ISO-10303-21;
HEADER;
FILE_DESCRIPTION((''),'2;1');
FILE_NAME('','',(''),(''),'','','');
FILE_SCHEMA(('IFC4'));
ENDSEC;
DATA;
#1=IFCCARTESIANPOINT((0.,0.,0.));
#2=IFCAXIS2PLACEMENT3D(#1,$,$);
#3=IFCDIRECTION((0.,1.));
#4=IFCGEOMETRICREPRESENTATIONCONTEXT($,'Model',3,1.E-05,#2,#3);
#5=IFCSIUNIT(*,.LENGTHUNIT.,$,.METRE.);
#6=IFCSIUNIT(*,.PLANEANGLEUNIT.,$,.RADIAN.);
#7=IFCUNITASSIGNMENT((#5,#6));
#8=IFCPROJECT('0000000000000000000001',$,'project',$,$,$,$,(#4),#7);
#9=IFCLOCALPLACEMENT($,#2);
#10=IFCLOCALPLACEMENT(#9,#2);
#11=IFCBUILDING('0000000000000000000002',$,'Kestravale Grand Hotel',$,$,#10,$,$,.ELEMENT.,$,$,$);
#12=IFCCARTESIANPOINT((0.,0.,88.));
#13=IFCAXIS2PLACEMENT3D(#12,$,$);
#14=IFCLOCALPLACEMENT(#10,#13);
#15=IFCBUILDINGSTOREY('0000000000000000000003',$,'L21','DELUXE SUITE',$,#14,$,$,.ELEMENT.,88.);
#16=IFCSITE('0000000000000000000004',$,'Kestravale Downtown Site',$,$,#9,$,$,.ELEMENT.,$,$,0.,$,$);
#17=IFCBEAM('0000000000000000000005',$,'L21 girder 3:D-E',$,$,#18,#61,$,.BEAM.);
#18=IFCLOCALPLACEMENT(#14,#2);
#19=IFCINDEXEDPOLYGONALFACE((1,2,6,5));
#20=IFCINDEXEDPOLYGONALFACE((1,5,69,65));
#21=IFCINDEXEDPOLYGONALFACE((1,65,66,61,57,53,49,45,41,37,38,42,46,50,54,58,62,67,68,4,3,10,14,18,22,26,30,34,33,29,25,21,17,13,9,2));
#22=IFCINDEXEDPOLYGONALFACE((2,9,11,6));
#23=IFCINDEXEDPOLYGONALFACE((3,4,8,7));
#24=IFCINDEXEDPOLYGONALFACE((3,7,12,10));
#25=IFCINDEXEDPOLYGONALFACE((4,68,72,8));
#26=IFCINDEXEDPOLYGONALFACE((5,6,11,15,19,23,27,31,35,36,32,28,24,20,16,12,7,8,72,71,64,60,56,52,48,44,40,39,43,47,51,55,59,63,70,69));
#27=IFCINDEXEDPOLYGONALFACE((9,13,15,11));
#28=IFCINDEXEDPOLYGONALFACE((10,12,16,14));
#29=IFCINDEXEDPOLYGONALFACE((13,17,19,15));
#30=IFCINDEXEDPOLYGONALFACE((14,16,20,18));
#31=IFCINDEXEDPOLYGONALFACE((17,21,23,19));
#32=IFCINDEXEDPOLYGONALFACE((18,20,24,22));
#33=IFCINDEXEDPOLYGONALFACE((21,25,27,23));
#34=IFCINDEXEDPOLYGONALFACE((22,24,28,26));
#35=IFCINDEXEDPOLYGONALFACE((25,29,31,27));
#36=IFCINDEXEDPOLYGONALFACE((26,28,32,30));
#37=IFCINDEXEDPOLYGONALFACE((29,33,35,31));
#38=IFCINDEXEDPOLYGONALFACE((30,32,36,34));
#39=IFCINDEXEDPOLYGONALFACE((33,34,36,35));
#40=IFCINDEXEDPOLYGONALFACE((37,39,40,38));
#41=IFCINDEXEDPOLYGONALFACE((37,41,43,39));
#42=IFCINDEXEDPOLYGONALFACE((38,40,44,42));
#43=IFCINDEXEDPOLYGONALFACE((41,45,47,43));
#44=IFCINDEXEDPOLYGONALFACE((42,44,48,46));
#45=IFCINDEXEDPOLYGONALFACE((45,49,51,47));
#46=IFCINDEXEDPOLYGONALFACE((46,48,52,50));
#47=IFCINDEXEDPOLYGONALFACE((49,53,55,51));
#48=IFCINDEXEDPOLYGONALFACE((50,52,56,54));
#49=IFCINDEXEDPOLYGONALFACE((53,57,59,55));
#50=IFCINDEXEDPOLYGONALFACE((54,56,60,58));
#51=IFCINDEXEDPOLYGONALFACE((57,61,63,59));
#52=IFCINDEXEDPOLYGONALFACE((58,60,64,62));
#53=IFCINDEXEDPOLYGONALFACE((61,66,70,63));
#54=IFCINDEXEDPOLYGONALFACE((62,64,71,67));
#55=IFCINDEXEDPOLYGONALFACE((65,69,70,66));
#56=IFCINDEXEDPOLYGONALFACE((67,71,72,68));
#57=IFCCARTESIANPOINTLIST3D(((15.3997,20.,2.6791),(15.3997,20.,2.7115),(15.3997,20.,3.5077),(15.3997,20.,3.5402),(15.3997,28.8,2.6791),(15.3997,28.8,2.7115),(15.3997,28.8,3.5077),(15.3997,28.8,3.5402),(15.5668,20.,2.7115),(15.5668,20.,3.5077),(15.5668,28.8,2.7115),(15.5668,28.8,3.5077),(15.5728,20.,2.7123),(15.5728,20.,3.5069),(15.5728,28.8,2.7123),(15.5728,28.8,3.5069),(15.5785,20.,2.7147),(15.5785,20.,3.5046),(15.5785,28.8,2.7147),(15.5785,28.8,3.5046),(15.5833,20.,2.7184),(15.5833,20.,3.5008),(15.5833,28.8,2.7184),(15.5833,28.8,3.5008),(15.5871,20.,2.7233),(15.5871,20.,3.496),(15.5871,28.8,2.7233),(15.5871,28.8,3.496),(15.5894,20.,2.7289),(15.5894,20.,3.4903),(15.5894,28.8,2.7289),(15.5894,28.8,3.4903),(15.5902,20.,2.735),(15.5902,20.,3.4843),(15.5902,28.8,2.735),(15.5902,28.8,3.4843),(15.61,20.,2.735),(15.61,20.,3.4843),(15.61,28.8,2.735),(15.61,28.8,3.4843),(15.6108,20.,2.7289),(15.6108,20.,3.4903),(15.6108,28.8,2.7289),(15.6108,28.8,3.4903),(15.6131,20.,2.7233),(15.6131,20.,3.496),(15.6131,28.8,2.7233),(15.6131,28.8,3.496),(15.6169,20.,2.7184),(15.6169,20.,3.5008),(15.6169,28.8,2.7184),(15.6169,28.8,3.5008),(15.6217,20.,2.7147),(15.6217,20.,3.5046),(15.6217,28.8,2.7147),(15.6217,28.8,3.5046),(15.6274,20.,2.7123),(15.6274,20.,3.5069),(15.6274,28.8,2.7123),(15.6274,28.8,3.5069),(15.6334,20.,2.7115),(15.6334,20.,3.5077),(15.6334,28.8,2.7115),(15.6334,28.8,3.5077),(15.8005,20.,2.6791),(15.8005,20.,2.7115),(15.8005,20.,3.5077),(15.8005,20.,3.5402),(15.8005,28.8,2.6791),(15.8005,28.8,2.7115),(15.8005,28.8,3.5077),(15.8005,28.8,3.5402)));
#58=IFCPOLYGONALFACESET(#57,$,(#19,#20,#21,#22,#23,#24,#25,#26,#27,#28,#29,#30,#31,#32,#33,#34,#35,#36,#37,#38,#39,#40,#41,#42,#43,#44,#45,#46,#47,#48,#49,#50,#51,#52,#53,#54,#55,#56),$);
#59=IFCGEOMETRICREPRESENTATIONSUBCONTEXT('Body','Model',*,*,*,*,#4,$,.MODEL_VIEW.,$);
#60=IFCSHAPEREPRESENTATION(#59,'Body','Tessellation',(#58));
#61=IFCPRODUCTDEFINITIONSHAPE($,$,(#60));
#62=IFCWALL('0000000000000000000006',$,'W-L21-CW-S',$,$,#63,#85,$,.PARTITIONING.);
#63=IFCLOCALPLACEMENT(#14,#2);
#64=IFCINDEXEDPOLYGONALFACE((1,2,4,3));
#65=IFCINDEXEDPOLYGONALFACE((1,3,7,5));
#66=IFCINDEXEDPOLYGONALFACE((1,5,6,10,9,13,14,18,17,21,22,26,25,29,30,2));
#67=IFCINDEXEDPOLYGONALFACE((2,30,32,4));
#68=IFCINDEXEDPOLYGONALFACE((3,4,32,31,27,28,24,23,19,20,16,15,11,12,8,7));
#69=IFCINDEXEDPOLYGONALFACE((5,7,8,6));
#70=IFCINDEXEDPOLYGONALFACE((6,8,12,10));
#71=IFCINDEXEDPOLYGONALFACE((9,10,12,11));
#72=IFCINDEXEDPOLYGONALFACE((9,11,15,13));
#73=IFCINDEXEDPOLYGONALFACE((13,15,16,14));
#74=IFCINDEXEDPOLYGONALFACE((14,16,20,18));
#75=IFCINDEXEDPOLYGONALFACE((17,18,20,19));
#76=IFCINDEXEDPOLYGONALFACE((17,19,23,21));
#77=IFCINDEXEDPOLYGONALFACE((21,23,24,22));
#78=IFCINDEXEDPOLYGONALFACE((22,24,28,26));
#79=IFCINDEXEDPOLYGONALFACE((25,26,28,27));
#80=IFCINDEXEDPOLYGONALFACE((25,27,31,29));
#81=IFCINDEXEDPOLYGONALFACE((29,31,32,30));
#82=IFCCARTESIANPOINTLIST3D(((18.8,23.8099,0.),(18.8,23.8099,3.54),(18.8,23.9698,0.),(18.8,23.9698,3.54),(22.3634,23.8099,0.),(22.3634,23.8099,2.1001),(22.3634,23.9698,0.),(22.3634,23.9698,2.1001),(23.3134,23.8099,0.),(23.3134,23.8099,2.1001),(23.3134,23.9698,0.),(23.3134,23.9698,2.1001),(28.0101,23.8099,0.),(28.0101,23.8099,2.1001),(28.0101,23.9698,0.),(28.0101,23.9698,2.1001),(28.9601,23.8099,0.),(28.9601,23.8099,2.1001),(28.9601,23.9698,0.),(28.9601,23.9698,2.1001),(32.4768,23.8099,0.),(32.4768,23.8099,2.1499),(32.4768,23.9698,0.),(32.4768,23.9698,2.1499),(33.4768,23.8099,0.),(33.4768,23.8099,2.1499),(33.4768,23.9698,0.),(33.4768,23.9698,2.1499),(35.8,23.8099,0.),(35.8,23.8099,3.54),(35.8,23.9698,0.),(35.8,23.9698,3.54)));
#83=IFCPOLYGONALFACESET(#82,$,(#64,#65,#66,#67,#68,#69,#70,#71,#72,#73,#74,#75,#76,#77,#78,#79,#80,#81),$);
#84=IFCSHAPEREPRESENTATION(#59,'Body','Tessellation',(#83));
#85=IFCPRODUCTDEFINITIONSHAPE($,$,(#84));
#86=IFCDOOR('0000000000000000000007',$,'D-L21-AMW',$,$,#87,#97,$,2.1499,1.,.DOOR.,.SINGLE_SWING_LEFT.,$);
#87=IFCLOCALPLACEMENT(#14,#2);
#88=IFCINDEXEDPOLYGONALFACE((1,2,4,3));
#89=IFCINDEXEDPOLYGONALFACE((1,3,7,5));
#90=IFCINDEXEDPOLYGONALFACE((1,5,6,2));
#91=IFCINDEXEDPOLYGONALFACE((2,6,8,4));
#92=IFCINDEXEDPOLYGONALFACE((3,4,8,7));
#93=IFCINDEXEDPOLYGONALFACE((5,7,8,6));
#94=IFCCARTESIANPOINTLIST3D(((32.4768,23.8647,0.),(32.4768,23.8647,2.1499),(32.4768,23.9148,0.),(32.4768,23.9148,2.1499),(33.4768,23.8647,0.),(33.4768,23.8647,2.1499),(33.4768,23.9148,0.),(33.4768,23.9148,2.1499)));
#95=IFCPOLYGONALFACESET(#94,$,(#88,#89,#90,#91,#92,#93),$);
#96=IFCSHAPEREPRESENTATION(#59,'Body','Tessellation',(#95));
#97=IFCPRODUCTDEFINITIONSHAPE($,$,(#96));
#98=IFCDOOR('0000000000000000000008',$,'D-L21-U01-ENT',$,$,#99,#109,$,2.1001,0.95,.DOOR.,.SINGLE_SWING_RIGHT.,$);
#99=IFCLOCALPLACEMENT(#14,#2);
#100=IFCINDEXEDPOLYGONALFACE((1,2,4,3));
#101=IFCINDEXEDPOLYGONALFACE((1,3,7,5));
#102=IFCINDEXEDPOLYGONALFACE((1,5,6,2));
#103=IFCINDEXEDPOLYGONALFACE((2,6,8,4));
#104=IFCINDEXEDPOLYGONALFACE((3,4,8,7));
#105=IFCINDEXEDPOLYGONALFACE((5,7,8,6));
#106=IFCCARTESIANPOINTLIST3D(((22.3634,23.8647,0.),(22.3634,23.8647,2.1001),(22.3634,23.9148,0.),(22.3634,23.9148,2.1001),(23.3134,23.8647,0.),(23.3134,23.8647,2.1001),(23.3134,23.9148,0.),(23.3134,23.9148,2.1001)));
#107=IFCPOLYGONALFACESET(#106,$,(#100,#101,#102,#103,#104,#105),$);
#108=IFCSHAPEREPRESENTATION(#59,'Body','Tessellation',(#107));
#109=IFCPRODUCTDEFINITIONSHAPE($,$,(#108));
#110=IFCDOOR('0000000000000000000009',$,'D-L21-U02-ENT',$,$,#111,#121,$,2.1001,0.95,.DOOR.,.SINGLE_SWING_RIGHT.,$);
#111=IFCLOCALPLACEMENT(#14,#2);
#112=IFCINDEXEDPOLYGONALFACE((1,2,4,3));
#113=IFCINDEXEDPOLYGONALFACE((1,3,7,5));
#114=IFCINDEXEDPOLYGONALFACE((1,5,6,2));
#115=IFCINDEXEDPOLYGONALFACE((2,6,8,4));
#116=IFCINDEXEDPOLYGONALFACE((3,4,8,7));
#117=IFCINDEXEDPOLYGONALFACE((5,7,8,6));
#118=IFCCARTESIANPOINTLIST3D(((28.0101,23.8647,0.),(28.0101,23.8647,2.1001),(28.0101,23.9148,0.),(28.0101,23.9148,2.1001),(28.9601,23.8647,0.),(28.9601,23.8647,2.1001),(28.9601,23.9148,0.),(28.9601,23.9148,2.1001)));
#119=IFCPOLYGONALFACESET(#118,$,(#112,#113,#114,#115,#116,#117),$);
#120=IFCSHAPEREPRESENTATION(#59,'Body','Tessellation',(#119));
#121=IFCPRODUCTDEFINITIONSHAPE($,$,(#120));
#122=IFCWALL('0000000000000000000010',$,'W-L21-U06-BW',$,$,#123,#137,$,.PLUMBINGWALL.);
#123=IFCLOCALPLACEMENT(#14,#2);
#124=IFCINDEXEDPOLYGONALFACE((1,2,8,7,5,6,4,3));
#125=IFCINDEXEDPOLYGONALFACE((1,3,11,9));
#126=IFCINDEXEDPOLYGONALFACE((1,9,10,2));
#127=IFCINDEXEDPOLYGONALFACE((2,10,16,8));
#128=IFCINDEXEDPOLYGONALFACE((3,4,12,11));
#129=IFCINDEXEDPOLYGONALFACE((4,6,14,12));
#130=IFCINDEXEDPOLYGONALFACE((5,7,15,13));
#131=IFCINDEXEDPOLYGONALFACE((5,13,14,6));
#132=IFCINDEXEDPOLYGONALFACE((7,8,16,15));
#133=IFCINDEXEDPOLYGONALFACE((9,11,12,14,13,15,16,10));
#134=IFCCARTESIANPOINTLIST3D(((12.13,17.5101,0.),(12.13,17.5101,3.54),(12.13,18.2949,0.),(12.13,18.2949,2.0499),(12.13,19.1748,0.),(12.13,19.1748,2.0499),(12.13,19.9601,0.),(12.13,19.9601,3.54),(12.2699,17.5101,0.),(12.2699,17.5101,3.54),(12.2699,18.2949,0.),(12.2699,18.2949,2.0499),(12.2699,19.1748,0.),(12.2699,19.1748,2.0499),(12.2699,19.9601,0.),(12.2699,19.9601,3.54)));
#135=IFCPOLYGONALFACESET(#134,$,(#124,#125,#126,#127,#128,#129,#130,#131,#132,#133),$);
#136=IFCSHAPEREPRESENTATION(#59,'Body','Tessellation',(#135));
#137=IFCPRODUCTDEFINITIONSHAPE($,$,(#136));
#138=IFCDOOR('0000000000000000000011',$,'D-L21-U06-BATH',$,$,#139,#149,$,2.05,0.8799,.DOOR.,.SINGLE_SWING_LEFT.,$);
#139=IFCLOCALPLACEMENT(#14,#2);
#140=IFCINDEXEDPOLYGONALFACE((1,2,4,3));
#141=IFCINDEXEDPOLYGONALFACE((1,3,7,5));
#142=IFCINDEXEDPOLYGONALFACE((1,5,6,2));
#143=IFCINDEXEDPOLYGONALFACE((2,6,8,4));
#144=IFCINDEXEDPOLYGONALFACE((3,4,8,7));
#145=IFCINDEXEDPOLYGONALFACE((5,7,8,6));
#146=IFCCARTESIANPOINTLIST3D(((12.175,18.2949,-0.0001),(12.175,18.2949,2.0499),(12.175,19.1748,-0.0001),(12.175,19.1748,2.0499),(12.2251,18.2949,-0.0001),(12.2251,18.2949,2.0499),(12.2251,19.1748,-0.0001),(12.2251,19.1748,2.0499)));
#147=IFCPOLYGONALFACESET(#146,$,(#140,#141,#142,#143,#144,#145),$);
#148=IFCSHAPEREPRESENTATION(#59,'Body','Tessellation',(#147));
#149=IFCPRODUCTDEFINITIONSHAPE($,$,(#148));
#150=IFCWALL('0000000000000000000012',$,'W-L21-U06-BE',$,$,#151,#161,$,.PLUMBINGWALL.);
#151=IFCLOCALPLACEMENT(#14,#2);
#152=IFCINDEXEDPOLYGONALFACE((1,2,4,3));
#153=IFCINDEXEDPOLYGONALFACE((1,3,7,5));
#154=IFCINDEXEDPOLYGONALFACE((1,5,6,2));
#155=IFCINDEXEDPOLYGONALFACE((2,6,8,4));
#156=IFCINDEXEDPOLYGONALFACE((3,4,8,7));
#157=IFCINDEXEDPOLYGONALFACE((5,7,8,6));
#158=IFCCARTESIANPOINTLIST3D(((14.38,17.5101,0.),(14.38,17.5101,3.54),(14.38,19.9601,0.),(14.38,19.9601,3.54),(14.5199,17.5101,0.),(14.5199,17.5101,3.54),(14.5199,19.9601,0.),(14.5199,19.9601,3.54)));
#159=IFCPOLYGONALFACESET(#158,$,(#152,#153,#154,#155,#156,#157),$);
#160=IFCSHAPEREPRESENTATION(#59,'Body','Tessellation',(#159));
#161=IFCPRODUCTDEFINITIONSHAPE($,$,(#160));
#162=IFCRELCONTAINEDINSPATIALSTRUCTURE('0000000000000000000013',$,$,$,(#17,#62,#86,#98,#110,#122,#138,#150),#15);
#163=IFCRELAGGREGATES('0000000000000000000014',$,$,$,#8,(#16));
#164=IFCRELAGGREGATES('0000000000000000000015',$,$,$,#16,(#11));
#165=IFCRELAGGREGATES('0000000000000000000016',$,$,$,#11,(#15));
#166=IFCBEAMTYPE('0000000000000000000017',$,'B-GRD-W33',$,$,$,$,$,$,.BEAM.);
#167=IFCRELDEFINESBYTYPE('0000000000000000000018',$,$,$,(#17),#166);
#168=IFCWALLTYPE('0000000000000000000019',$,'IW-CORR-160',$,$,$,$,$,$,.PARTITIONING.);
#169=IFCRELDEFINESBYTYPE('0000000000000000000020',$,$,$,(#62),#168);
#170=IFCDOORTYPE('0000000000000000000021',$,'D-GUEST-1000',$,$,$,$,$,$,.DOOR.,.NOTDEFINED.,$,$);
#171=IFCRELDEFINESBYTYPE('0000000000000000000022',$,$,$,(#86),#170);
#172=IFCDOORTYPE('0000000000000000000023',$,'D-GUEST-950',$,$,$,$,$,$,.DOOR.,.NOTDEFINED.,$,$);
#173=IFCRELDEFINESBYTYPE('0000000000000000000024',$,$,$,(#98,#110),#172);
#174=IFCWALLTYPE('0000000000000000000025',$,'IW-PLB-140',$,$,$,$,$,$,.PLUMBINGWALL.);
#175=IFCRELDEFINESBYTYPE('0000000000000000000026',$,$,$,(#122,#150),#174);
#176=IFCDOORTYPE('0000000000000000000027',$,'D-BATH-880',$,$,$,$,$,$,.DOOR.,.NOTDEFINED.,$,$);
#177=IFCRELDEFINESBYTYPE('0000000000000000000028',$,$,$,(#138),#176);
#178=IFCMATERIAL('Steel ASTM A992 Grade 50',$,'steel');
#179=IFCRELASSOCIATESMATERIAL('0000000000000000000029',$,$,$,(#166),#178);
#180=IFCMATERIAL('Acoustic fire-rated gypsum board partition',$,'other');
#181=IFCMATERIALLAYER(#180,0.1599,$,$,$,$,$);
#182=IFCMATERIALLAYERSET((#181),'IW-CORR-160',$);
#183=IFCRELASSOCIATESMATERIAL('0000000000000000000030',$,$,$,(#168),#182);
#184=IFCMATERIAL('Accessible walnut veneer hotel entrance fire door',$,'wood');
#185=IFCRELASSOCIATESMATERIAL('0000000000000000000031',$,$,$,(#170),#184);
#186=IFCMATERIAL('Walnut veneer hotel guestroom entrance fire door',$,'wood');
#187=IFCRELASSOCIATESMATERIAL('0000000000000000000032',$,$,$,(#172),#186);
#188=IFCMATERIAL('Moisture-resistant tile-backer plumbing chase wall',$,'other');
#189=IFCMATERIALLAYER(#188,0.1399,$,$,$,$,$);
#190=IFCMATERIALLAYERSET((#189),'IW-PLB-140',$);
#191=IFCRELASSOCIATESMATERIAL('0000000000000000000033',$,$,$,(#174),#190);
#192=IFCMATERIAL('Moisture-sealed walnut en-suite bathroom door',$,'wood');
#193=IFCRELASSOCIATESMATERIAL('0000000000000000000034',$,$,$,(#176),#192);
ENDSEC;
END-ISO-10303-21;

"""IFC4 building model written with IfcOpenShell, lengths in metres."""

from ifc_helpers import new_model, si_unit, direction, frame, frame_2d, origin, origin_2d, place, context, subcontext, project, spatial, rectangle, i_section, extrude, material, layer, layer_set, material_profile, profile_set, type_object, element, fill, save


model = new_model("IFC4")

# Units and contexts
model_context = context("Model", 3, precision=1e-05, world=origin(), true_north=direction((0.0, 1.0)))
body_context = subcontext(model_context, "Body", "Model", "MODEL_VIEW")
ifc_project = project(units=[si_unit("LENGTHUNIT", "METRE"), si_unit("PLANEANGLEUNIT", "RADIAN")], contexts=[model_context])

# Site, building, storey
site_placement = place(None, origin())
site = spatial("IfcSite", under=ifc_project, at=site_placement, Name="Kestravale Downtown Site", CompositionType="ELEMENT", RefElevation=0.0)
building_placement = place(site_placement, origin())
building = spatial("IfcBuilding", under=site, at=building_placement, Name="Kestravale Grand Hotel", CompositionType="ELEMENT")
storey_placement = place(building_placement, frame((0.0, 0.0, 88.0)))
storey = spatial("IfcBuildingStorey", under=building, at=storey_placement, Name="L21", Description="DELUXE SUITE", CompositionType="ELEMENT", Elevation=88.0)

# Beam
ifc_material_1 = material(Name="Steel ASTM A992 Grade 50", Category="steel")
ifc_material_profile_1 = material_profile(ifc_material_1, i_section(OverallWidth=0.4009, OverallDepth=0.8611, WebThickness=0.0198, FlangeThickness=0.0325, FilletRadius=0.0234, at=origin_2d()))
ifc_profile_set_1 = profile_set([ifc_material_profile_1], Name="Steel ASTM A992 Grade 50")
beam_type_1 = type_object("IfcBeamType", Name="B-GRD-W33", PredefinedType="BEAM", material=ifc_profile_set_1)
for number, where, z_axis, x_axis, name in (
    (1, (15.6001, 20.0, 3.1096), (0.0, 1.0, 0.0), (-1.0, 0.0, 0.0), "L21 girder 3:D-E"),
):
    element("IfcBeam", number, at=place(storey_placement, frame(where, z_axis=z_axis, x_axis=x_axis)), inside=storey, type_object=beam_type_1, Name=name, PredefinedType="BEAM", context=body_context, shape_type="SweptSolid", body=[
        extrude(i_section(OverallWidth=0.4009, OverallDepth=0.8611, WebThickness=0.0198, FlangeThickness=0.0325, FilletRadius=0.0234, at=origin_2d()), origin(), (0.0, 0.0, 1.0), 8.8),
    ])

# Wall, openings, doors
ifc_material_2 = material(Name="Acoustic fire-rated gypsum board partition", Category="other")
ifc_layer_1 = layer(ifc_material_2, 0.1599)
ifc_layer_set_1 = layer_set([ifc_layer_1], Name="IW-CORR-160")
wall_type_1 = type_object("IfcWallType", Name="IW-CORR-160", PredefinedType="PARTITIONING", material=ifc_layer_set_1)
wall_1_placement = place(storey_placement, frame((18.8, 23.8899, 0.0), z_axis=(0.0, 0.0, 1.0), x_axis=(1.0, 0.0, 0.0)))
wall_1 = element("IfcWall", 2, at=wall_1_placement, inside=storey, type_object=wall_type_1, Name="W-L21-CW-S", PredefinedType="PARTITIONING", context=body_context, shape_type="SweptSolid", body=[
    extrude(rectangle(XDim=17.0, YDim=0.1599, at=frame_2d((8.5, 0.0))), origin(), (0.0, 0.0, 1.0), 3.54),
])
opening_1_placement = place(wall_1_placement, frame((3.5632, 0.0, 0.0)))
opening_1 = element("IfcOpeningElement", 3, at=opening_1_placement, cuts=wall_1, PredefinedType="OPENING", context=body_context, shape_type="SweptSolid", body=[
    extrude(rectangle(XDim=0.95, YDim=2.1001, at=frame_2d((0.4751, 1.05))), frame((0.0, 0.0898, 0.0), z_axis=(0.0, -1.0, 0.0), x_axis=(1.0, 0.0, 0.0)), (0.0, 0.0, 1.0), 0.1799),
])
opening_2_placement = place(wall_1_placement, frame((9.21, 0.0, 0.0)))
opening_2 = element("IfcOpeningElement", 4, at=opening_2_placement, cuts=wall_1, PredefinedType="OPENING", context=body_context, shape_type="SweptSolid", body=[
    extrude(rectangle(XDim=0.95, YDim=2.1001, at=frame_2d((0.4751, 1.05))), frame((0.0, 0.0898, 0.0), z_axis=(0.0, -1.0, 0.0), x_axis=(1.0, 0.0, 0.0)), (0.0, 0.0, 1.0), 0.1799),
])
opening_3_placement = place(wall_1_placement, frame((13.6768, 0.0, 0.0)))
opening_3 = element("IfcOpeningElement", 5, at=opening_3_placement, cuts=wall_1, PredefinedType="OPENING", context=body_context, shape_type="SweptSolid", body=[
    extrude(rectangle(XDim=1.0, YDim=2.1499, at=frame_2d((0.5, 1.075))), frame((0.0, 0.0898, 0.0), z_axis=(0.0, -1.0, 0.0), x_axis=(1.0, 0.0, 0.0)), (0.0, 0.0, 1.0), 0.1799),
])
ifc_material_3 = material(Name="Accessible walnut veneer hotel entrance fire door", Category="wood")
door_type_1 = type_object("IfcDoorType", Name="D-GUEST-1000", OperationType="NOTDEFINED", PredefinedType="DOOR", material=ifc_material_3)
door_1_placement = place(opening_3_placement, origin())
door_1 = element("IfcDoor", 6, at=door_1_placement, inside=storey, type_object=door_type_1, Name="D-L21-AMW", OperationType="SINGLE_SWING_LEFT", OverallHeight=2.1499, OverallWidth=1.0, PredefinedType="DOOR", context=body_context, shape_type="SweptSolid", body=[
    extrude(rectangle(XDim=1.0, YDim=2.1499, at=frame_2d((0.5, 1.075))), frame((0.0, 0.0249, 0.0), z_axis=(0.0, -1.0, 0.0), x_axis=(1.0, 0.0, 0.0)), (0.0, 0.0, 1.0), 0.05),
])
fill(opening_3, door_1)
ifc_material_4 = material(Name="Walnut veneer hotel guestroom entrance fire door", Category="wood")
door_type_2 = type_object("IfcDoorType", Name="D-GUEST-950", OperationType="NOTDEFINED", PredefinedType="DOOR", material=ifc_material_4)
door_2_placement = place(opening_1_placement, origin())
door_2 = element("IfcDoor", 7, at=door_2_placement, inside=storey, type_object=door_type_2, Name="D-L21-U01-ENT", OperationType="SINGLE_SWING_RIGHT", OverallHeight=2.1001, OverallWidth=0.95, PredefinedType="DOOR", context=body_context, shape_type="SweptSolid", body=[
    extrude(rectangle(XDim=0.95, YDim=2.1001, at=frame_2d((0.4751, 1.05))), frame((0.0, 0.0249, 0.0), z_axis=(0.0, -1.0, 0.0), x_axis=(1.0, 0.0, 0.0)), (0.0, 0.0, 1.0), 0.05),
])
fill(opening_1, door_2)
door_3_placement = place(opening_2_placement, origin())
door_3 = element("IfcDoor", 8, at=door_3_placement, inside=storey, type_object=door_type_2, Name="D-L21-U02-ENT", OperationType="SINGLE_SWING_RIGHT", OverallHeight=2.1001, OverallWidth=0.95, PredefinedType="DOOR", context=body_context, shape_type="SweptSolid", body=[
    extrude(rectangle(XDim=0.95, YDim=2.1001, at=frame_2d((0.4751, 1.05))), frame((0.0, 0.0249, 0.0), z_axis=(0.0, -1.0, 0.0), x_axis=(1.0, 0.0, 0.0)), (0.0, 0.0, 1.0), 0.05),
])
fill(opening_2, door_3)

# Wall, opening, door
ifc_material_5 = material(Name="Moisture-resistant tile-backer plumbing chase wall", Category="other")
ifc_layer_2 = layer(ifc_material_5, 0.1399)
ifc_layer_set_2 = layer_set([ifc_layer_2], Name="IW-PLB-140")
wall_type_2 = type_object("IfcWallType", Name="IW-PLB-140", PredefinedType="PLUMBINGWALL", material=ifc_layer_set_2)
wall_2_placement = place(storey_placement, frame((12.2, 17.51, 0.0), z_axis=(0.0, 0.0, 1.0), x_axis=(0.0, 1.0, 0.0)))
wall_2 = element("IfcWall", 9, at=wall_2_placement, inside=storey, type_object=wall_type_2, Name="W-L21-U06-BW", PredefinedType="PLUMBINGWALL", context=body_context, shape_type="SweptSolid", body=[
    extrude(rectangle(XDim=2.45, YDim=0.1399, at=frame_2d((1.2251, 0.0))), origin(), (0.0, 0.0, 1.0), 3.54),
])
opening_4_placement = place(wall_2_placement, frame((0.7849, 0.0, 0.0)))
opening_4 = element("IfcOpeningElement", 10, at=opening_4_placement, cuts=wall_2, PredefinedType="OPENING", context=body_context, shape_type="SweptSolid", body=[
    extrude(rectangle(XDim=0.8799, YDim=2.05, at=frame_2d((0.4399, 1.0249))), frame((0.0, 0.0798, 0.0), z_axis=(0.0, -1.0, 0.0), x_axis=(1.0, 0.0, 0.0)), (0.0, 0.0, 1.0), 0.1599),
])
ifc_material_6 = material(Name="Moisture-sealed walnut en-suite bathroom door", Category="wood")
door_type_3 = type_object("IfcDoorType", Name="D-BATH-880", OperationType="NOTDEFINED", PredefinedType="DOOR", material=ifc_material_6)
door_4_placement = place(opening_4_placement, origin())
door_4 = element("IfcDoor", 11, at=door_4_placement, inside=storey, type_object=door_type_3, Name="D-L21-U06-BATH", OperationType="SINGLE_SWING_LEFT", OverallHeight=2.05, OverallWidth=0.8799, PredefinedType="DOOR", context=body_context, shape_type="SweptSolid", body=[
    extrude(rectangle(XDim=0.8799, YDim=2.05, at=frame_2d((0.4399, 1.0249))), frame((0.0, 0.0249, 0.0), z_axis=(0.0, -1.0, 0.0), x_axis=(1.0, 0.0, 0.0)), (0.0, 0.0, 1.0), 0.05),
])
fill(opening_4, door_4)

# Wall
wall_3_placement = place(storey_placement, frame((14.45, 17.51, 0.0), z_axis=(0.0, 0.0, 1.0), x_axis=(0.0, 1.0, 0.0)))
element("IfcWall", 12, at=wall_3_placement, inside=storey, type_object=wall_type_2, Name="W-L21-U06-BE", PredefinedType="PLUMBINGWALL", context=body_context, shape_type="SweptSolid", body=[
    extrude(rectangle(XDim=2.45, YDim=0.1399, at=frame_2d((1.2251, 0.0))), origin(), (0.0, 0.0, 1.0), 3.54),
])

save(model, "model.ifc")
